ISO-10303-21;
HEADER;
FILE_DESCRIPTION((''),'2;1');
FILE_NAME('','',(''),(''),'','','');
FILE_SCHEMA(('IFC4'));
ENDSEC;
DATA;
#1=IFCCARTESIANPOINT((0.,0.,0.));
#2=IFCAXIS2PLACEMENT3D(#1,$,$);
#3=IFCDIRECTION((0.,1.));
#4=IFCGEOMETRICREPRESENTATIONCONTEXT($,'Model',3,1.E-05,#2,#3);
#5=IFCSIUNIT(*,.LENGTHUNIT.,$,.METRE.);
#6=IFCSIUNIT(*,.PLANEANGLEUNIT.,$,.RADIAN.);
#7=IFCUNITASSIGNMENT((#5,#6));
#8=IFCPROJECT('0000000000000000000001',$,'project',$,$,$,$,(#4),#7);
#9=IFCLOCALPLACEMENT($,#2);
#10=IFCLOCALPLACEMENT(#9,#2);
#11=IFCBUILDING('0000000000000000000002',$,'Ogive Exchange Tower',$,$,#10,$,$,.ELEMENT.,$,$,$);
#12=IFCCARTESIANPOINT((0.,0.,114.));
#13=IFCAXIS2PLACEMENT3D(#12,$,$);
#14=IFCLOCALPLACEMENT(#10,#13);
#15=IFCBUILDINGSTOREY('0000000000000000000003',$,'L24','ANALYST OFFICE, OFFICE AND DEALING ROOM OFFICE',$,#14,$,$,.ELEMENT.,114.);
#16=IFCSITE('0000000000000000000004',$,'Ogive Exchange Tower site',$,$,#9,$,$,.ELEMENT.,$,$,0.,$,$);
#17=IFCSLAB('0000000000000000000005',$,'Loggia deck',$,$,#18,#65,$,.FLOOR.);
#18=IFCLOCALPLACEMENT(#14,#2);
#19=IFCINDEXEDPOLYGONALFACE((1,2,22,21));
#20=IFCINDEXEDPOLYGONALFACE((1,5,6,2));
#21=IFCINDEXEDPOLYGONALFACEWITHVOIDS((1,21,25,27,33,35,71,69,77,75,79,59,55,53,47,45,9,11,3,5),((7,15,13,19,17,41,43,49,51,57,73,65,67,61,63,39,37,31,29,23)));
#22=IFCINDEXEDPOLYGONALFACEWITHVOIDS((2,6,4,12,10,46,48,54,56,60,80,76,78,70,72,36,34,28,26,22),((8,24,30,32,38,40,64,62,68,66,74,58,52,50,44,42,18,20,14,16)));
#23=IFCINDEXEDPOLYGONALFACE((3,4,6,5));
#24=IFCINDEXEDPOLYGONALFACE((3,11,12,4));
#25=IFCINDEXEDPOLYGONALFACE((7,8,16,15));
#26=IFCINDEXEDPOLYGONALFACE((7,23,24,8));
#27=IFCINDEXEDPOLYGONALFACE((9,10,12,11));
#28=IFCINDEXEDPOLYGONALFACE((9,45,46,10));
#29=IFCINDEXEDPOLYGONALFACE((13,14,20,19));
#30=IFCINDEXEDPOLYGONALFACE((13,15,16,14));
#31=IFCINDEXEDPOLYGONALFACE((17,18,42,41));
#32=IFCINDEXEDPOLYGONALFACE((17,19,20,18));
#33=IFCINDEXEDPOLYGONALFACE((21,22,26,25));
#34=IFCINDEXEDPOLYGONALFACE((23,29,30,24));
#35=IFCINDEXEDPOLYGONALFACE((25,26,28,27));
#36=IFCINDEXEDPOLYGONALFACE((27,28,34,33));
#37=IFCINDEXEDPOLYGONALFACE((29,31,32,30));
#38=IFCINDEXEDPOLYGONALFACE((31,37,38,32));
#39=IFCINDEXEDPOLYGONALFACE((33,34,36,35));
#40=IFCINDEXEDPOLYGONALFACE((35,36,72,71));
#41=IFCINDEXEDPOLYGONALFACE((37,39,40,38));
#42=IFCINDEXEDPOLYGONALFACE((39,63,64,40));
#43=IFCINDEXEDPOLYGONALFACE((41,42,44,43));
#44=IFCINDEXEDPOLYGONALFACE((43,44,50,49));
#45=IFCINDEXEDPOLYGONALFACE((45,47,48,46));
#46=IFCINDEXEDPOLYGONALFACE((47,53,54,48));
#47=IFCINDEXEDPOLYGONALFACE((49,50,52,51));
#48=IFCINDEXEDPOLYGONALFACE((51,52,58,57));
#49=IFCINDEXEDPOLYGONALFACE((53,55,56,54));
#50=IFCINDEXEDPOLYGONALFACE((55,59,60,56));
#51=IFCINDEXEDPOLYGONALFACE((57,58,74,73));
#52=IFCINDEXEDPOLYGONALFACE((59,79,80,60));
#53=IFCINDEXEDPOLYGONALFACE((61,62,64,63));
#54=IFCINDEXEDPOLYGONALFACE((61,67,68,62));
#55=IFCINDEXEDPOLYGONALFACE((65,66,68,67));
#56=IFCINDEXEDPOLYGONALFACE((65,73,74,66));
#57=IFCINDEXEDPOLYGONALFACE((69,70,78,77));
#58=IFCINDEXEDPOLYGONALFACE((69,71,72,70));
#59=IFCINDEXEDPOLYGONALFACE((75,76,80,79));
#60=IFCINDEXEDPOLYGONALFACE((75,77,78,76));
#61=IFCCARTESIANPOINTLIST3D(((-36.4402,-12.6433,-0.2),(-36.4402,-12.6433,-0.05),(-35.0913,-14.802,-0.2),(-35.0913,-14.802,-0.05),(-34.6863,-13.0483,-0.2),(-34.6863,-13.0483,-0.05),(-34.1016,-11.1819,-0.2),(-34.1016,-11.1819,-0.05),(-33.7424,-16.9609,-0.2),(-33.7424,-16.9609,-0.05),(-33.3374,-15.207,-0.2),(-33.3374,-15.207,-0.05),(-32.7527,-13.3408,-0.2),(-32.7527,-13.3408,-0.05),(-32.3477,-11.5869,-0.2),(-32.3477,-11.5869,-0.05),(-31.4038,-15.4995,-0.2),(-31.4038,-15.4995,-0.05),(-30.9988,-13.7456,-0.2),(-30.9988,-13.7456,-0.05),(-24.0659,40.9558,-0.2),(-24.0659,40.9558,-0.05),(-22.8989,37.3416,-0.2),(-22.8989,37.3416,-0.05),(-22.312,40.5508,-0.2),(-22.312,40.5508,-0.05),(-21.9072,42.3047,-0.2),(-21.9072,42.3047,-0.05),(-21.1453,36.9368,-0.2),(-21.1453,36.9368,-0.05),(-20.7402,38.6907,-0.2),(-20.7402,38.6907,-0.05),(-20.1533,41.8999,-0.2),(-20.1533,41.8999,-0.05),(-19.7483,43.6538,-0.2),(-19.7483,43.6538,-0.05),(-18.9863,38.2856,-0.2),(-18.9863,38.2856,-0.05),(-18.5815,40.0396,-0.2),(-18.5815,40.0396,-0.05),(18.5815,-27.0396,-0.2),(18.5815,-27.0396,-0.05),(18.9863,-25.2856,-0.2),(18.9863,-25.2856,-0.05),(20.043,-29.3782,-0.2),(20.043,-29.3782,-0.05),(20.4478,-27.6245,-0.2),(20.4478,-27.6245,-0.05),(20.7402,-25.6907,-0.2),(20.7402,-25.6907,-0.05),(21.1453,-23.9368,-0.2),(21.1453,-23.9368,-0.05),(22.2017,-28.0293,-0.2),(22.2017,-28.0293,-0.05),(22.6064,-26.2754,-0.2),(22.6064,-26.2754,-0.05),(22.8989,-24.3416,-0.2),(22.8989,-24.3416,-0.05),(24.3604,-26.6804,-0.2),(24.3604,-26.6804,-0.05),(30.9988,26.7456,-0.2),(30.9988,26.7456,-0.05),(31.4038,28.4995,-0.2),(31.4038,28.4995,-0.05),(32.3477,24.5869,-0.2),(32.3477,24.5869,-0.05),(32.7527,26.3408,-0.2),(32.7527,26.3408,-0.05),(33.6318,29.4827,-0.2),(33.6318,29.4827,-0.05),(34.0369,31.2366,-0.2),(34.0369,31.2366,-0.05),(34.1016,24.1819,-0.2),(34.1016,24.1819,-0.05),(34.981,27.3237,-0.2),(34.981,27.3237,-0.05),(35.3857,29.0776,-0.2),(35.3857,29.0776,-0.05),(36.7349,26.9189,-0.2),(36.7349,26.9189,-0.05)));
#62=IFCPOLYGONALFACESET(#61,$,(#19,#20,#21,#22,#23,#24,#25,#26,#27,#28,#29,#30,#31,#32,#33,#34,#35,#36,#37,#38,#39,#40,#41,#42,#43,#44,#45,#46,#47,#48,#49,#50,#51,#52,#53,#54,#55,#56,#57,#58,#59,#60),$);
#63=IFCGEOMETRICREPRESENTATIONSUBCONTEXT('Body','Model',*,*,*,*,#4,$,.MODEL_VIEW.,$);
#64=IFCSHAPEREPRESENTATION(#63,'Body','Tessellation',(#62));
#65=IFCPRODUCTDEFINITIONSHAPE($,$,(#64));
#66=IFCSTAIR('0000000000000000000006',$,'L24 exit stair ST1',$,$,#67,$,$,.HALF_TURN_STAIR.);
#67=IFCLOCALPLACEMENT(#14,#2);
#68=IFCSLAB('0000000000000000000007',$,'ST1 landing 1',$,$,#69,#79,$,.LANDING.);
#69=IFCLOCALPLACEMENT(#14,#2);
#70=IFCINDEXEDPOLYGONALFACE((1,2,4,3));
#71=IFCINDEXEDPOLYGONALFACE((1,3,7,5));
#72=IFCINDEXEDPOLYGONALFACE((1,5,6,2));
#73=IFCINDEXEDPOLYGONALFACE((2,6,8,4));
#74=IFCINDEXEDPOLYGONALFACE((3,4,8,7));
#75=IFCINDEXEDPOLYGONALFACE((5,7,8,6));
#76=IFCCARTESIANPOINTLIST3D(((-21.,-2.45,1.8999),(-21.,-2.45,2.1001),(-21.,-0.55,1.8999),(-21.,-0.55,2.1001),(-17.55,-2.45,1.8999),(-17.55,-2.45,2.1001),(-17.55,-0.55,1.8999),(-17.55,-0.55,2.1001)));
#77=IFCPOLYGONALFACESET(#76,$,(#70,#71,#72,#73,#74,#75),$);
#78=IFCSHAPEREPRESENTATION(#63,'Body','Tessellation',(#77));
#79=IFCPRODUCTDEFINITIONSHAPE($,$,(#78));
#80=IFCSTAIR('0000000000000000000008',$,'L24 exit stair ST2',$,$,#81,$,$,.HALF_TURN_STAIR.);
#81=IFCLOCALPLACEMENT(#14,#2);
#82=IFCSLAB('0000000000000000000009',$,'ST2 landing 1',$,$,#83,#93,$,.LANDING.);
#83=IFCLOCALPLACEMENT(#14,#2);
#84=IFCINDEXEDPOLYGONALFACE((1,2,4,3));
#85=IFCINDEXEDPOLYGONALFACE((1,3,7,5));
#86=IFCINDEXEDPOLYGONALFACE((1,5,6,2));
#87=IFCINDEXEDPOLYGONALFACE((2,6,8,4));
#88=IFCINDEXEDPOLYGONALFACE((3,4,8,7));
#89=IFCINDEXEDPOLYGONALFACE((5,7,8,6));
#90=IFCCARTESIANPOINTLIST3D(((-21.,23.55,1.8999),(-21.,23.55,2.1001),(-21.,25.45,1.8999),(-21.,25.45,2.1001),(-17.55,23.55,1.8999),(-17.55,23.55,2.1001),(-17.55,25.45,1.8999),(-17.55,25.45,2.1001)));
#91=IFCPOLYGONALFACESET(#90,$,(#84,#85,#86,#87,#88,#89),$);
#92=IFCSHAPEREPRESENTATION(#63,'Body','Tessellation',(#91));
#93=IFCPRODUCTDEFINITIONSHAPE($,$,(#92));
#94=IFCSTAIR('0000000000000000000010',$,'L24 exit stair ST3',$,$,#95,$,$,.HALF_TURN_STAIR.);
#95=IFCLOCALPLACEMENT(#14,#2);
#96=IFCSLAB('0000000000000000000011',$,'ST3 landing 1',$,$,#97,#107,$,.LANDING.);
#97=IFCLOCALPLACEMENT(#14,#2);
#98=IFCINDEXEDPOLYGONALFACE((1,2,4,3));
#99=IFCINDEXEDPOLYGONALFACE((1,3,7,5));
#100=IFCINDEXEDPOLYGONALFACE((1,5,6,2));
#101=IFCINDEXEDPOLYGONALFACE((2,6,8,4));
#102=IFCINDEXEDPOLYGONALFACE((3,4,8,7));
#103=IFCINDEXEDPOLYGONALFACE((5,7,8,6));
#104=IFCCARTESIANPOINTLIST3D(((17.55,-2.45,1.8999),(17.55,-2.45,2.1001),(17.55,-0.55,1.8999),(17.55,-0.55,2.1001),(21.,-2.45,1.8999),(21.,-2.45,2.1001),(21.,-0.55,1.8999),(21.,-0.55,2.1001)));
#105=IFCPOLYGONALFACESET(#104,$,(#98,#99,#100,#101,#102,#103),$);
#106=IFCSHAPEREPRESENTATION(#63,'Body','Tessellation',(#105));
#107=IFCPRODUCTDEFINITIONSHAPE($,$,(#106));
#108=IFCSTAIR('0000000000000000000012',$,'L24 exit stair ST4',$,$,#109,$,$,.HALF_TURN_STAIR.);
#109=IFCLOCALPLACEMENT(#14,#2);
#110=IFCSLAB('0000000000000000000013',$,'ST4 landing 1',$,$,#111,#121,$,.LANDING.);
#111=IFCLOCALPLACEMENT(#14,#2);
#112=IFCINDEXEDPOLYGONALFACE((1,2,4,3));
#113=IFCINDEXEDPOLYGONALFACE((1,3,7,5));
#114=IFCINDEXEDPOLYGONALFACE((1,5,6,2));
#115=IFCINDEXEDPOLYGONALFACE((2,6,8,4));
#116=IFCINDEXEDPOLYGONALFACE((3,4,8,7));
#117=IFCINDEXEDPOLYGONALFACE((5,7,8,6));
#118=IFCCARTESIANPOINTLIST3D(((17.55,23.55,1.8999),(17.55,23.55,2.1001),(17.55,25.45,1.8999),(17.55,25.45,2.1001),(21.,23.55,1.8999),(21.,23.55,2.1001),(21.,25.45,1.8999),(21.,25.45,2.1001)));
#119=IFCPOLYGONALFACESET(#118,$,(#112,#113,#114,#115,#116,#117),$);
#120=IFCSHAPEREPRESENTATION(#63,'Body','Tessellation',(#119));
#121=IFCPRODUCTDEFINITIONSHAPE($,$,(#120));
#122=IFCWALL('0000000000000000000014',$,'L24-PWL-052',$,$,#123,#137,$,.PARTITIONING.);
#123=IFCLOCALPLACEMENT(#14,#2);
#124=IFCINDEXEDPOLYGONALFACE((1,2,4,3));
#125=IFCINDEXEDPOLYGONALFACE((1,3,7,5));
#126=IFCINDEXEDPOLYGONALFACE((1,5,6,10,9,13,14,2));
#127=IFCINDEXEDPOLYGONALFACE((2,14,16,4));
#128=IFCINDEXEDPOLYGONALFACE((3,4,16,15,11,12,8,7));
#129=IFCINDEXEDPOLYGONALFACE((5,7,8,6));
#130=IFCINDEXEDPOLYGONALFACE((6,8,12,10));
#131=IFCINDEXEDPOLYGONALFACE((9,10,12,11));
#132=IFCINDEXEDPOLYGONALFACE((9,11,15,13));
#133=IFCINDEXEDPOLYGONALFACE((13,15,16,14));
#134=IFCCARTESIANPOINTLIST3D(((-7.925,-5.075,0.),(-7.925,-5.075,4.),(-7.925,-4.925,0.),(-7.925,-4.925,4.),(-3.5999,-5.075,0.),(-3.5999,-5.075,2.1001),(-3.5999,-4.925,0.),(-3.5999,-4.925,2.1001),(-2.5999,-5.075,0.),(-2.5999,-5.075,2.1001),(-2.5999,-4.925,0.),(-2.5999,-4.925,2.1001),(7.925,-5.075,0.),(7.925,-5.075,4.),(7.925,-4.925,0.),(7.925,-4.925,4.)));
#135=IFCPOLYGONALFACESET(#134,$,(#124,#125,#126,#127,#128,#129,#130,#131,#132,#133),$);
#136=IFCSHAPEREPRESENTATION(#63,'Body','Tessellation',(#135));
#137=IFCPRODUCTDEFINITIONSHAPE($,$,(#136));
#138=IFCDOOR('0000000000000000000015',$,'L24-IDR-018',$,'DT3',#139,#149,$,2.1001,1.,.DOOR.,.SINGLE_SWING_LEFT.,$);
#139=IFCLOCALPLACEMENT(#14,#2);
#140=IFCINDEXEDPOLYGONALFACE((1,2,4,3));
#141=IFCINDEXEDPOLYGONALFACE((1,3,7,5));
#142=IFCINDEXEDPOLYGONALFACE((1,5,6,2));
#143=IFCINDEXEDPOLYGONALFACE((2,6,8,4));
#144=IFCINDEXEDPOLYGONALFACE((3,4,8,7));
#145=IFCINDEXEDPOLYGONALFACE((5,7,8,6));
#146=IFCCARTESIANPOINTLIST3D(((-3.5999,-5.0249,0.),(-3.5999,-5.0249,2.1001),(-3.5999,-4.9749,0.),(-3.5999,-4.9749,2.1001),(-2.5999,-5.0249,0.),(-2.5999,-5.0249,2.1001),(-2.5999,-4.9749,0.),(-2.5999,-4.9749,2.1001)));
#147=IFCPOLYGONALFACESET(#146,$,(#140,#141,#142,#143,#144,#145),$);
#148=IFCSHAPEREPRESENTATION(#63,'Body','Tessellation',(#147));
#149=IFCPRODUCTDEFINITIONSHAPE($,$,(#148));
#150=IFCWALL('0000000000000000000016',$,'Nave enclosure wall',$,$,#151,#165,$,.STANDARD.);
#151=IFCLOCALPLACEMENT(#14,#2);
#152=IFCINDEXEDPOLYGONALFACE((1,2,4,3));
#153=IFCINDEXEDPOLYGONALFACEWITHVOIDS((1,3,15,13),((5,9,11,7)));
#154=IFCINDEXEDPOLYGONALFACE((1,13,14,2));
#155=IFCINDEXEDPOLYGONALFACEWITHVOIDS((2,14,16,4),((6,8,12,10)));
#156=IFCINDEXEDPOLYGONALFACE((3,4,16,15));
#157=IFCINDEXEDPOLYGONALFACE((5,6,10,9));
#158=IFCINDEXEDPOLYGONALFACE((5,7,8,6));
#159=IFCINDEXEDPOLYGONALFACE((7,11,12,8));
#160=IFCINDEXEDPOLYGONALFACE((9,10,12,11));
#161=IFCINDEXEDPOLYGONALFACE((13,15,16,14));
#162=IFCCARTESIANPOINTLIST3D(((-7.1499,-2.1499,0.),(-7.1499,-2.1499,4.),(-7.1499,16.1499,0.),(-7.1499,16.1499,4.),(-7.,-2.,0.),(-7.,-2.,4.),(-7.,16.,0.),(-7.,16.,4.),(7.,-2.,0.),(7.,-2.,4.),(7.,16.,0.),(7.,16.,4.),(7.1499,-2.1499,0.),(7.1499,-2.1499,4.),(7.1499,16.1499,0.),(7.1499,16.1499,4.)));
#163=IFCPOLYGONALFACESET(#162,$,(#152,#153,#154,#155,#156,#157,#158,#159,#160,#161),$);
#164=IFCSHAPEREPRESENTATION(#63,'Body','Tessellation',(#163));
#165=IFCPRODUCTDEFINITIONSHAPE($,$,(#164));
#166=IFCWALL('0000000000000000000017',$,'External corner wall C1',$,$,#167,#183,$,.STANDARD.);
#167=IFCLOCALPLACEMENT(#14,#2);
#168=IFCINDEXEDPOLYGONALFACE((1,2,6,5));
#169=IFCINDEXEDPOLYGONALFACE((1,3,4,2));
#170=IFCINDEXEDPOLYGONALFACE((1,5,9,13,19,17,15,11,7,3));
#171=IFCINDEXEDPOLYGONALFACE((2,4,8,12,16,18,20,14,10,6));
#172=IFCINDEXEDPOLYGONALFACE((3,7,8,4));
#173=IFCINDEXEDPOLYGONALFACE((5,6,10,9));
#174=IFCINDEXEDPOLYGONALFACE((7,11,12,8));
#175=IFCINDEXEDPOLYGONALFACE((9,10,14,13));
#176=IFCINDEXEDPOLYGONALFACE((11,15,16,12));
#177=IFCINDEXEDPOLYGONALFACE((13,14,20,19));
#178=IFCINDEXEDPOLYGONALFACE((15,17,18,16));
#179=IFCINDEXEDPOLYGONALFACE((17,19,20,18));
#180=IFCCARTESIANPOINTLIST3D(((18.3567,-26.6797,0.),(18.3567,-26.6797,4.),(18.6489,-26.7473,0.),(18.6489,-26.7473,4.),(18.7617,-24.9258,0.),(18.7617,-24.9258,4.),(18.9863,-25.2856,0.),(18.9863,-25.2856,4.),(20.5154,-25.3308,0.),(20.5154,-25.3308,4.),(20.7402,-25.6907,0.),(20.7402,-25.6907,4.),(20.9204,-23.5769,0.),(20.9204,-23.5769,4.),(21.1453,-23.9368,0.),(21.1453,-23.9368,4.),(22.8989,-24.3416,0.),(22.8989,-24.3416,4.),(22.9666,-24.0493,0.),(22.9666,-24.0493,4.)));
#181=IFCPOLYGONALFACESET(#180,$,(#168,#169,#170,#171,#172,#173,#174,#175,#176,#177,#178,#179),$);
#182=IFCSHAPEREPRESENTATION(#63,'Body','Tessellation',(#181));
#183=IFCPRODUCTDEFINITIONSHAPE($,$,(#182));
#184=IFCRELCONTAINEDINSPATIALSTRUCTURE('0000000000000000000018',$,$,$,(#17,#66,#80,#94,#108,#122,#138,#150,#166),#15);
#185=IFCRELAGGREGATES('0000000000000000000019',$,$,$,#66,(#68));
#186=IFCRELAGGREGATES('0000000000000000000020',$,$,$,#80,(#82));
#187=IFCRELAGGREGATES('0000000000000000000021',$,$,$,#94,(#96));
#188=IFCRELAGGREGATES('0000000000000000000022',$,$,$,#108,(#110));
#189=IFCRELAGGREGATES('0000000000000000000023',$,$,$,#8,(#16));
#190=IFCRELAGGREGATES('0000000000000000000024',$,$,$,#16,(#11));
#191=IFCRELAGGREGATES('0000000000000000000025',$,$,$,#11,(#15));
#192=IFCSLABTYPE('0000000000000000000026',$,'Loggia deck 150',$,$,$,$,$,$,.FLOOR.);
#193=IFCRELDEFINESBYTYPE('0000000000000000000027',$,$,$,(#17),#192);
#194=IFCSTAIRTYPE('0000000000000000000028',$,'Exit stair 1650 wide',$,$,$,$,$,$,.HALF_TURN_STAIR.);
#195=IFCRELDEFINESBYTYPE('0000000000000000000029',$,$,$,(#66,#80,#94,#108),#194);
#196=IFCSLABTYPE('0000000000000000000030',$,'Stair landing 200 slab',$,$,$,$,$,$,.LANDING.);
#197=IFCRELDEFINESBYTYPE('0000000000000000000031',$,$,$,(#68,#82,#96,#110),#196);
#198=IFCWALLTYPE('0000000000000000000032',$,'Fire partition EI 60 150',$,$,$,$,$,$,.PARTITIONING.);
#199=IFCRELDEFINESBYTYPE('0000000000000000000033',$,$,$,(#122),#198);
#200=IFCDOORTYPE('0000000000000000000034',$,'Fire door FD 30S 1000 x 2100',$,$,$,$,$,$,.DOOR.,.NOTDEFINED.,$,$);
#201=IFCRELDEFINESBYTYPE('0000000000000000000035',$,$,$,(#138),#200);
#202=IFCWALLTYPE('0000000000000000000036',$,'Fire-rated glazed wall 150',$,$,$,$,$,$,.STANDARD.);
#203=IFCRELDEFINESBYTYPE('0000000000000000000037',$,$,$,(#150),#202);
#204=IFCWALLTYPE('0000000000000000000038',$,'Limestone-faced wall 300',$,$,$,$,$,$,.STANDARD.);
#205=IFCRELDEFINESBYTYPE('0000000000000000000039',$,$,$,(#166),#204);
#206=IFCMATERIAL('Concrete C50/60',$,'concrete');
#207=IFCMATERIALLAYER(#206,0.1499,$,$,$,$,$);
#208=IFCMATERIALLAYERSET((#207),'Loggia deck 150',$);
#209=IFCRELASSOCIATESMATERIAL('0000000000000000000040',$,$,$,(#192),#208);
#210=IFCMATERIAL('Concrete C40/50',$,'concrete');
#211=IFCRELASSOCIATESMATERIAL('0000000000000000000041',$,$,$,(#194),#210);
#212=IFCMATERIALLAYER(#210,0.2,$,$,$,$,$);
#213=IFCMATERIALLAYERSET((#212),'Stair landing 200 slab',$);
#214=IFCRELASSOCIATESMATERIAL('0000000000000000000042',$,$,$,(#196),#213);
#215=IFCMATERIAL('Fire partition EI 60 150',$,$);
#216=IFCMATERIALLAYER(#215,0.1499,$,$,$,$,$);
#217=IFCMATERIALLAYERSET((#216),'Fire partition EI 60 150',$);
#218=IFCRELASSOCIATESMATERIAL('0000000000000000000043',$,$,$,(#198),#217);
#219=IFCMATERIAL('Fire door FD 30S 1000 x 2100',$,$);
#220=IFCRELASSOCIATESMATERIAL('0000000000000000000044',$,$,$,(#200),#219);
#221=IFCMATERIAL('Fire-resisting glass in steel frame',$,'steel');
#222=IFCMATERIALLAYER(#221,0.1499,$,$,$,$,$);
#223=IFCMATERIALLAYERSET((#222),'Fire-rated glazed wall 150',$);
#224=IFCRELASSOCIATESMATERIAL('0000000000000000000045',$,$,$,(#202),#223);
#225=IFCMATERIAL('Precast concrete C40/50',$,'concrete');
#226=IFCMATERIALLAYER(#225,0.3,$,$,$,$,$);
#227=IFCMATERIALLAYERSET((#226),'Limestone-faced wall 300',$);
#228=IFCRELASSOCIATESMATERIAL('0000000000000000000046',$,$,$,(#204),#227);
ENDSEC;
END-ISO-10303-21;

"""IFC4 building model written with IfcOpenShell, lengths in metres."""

from ifc_helpers import new_model, si_unit, direction, frame, frame_2d, origin, place, context, subcontext, project, spatial, polyline, rectangle, outline, extrude, material, layer, layer_set, type_object, element, fill, aggregate, save


model = new_model("IFC4")

# Units and contexts
model_context = context("Model", 3, precision=1e-05, world=origin(), true_north=direction((0.0, 1.0)))
body_context = subcontext(model_context, "Body", "Model", "MODEL_VIEW")
ifc_project = project(units=[si_unit("LENGTHUNIT", "METRE"), si_unit("PLANEANGLEUNIT", "RADIAN")], contexts=[model_context])

# Site, building, storey
site_placement = place(None, origin())
site = spatial("IfcSite", under=ifc_project, at=site_placement, Name="Ogive Exchange Tower site", CompositionType="ELEMENT", RefElevation=0.0)
building_placement = place(site_placement, origin())
building = spatial("IfcBuilding", under=site, at=building_placement, Name="Ogive Exchange Tower", CompositionType="ELEMENT")
storey_placement = place(building_placement, frame((0.0, 0.0, 114.0)))
storey = spatial("IfcBuildingStorey", under=building, at=storey_placement, Name="L24", Description="ANALYST OFFICE, OFFICE AND DEALING ROOM OFFICE", CompositionType="ELEMENT", Elevation=114.0)

# Slab
ifc_material_1 = material(Name="Concrete C50/60", Category="concrete")
ifc_layer_1 = layer(ifc_material_1, 0.1499)
ifc_layer_set_1 = layer_set([ifc_layer_1], Name="Loggia deck 150")
slab_type_1 = type_object("IfcSlabType", Name="Loggia deck 150", PredefinedType="FLOOR", material=ifc_layer_set_1)
slab_1_placement = place(storey_placement, frame((0.0, 0.0, -0.2)))
element("IfcSlab", 1, at=slab_1_placement, inside=storey, type_object=slab_type_1, Name="Loggia deck", PredefinedType="FLOOR", context=body_context, shape_type="SweptSolid", body=[
    extrude(outline(polyline([(-33.3374, -15.207), (-35.0913, -14.802), (-34.6863, -13.0483), (-36.4402, -12.6433), (-24.0659, 40.9558), (-22.312, 40.5508), (-21.9072, 42.3047), (-20.1533, 41.8999), (-19.7483, 43.6538), (34.0369, 31.2366), (33.6318, 29.4827), (35.3857, 29.0776), (34.981, 27.3237), (36.7349, 26.9189), (24.3604, -26.6804), (22.6064, -26.2754), (22.2017, -28.0293), (20.4478, -27.6245), (20.043, -29.3782), (-33.7424, -16.9609), (-33.3374, -15.207)]), holes=[polyline([(18.9863, -25.2856), (20.7402, -25.6907), (21.1453, -23.9368), (22.8989, -24.3416), (34.1016, 24.1819), (32.3477, 24.5869), (32.7527, 26.3408), (30.9988, 26.7456), (31.4038, 28.4995), (-18.5815, 40.0396), (-18.9863, 38.2856), (-20.7402, 38.6907), (-21.1453, 36.9368), (-22.8989, 37.3416), (-34.1016, -11.1819), (-32.3477, -11.5869), (-32.7527, -13.3408), (-30.9988, -13.7456), (-31.4038, -15.4995), (18.5815, -27.0396), (18.9863, -25.2856)])]), origin(), (0.0, 0.0, 1.0), 0.1499),
])

# Stairs, slabs
ifc_material_2 = material(Name="Concrete C40/50", Category="concrete")
stair_type = type_object("IfcStairType", Name="Exit stair 1650 wide", PredefinedType="HALF_TURN_STAIR", material=ifc_material_2)
stair_1_placement = place(storey_placement, origin())
stair_1 = element("IfcStair", 2, at=stair_1_placement, inside=storey, type_object=stair_type, Name="L24 exit stair ST1", PredefinedType="HALF_TURN_STAIR")
ifc_layer_2 = layer(ifc_material_2, 0.2)
ifc_layer_set_2 = layer_set([ifc_layer_2], Name="Stair landing 200 slab")
slab_type_2 = type_object("IfcSlabType", Name="Stair landing 200 slab", PredefinedType="LANDING", material=ifc_layer_set_2)
slab_2_placement = place(storey_placement, frame((0.0, 0.0, 1.8999)))
slab_2 = element("IfcSlab", 3, at=slab_2_placement, type_object=slab_type_2, Name="ST1 landing 1", PredefinedType="LANDING", context=body_context, shape_type="SweptSolid", body=[
    extrude(outline(polyline([(-21.0, -0.55), (-21.0, -2.45), (-17.55, -2.45), (-17.55, -0.55), (-21.0, -0.55)])), origin(), (0.0, 0.0, 1.0), 0.2002),
])
aggregate(stair_1, [slab_2])
stair_2_placement = place(storey_placement, origin())
stair_2 = element("IfcStair", 4, at=stair_2_placement, inside=storey, type_object=stair_type, Name="L24 exit stair ST2", PredefinedType="HALF_TURN_STAIR")
slab_3_placement = place(storey_placement, frame((0.0, 0.0, 1.8999)))
slab_3 = element("IfcSlab", 5, at=slab_3_placement, type_object=slab_type_2, Name="ST2 landing 1", PredefinedType="LANDING", context=body_context, shape_type="SweptSolid", body=[
    extrude(outline(polyline([(-17.55, 23.55), (-17.55, 25.45), (-21.0, 25.45), (-21.0, 23.55), (-17.55, 23.55)])), origin(), (0.0, 0.0, 1.0), 0.2002),
])
aggregate(stair_2, [slab_3])
stair_3_placement = place(storey_placement, origin())
stair_3 = element("IfcStair", 6, at=stair_3_placement, inside=storey, type_object=stair_type, Name="L24 exit stair ST3", PredefinedType="HALF_TURN_STAIR")
slab_4_placement = place(storey_placement, frame((0.0, 0.0, 1.8999)))
slab_4 = element("IfcSlab", 7, at=slab_4_placement, type_object=slab_type_2, Name="ST3 landing 1", PredefinedType="LANDING", context=body_context, shape_type="SweptSolid", body=[
    extrude(outline(polyline([(17.55, -0.55), (17.55, -2.45), (21.0, -2.45), (21.0, -0.55), (17.55, -0.55)])), origin(), (0.0, 0.0, 1.0), 0.2002),
])
aggregate(stair_3, [slab_4])
stair_4_placement = place(storey_placement, origin())
stair_4 = element("IfcStair", 8, at=stair_4_placement, inside=storey, type_object=stair_type, Name="L24 exit stair ST4", PredefinedType="HALF_TURN_STAIR")
slab_5_placement = place(storey_placement, frame((0.0, 0.0, 1.8999)))
slab_5 = element("IfcSlab", 9, at=slab_5_placement, type_object=slab_type_2, Name="ST4 landing 1", PredefinedType="LANDING", context=body_context, shape_type="SweptSolid", body=[
    extrude(outline(polyline([(21.0, 23.55), (21.0, 25.45), (17.55, 25.45), (17.55, 23.55), (21.0, 23.55)])), origin(), (0.0, 0.0, 1.0), 0.2002),
])
aggregate(stair_4, [slab_5])

# Wall, opening, door
ifc_material_3 = material(Name="Fire partition EI 60 150")
ifc_layer_3 = layer(ifc_material_3, 0.1499)
ifc_layer_set_3 = layer_set([ifc_layer_3], Name="Fire partition EI 60 150")
wall_type_1 = type_object("IfcWallType", Name="Fire partition EI 60 150", PredefinedType="PARTITIONING", material=ifc_layer_set_3)
wall_1_placement = place(storey_placement, frame((7.925, -5.0, 0.0), z_axis=(0.0, 0.0, 1.0), x_axis=(-1.0, 0.0, 0.0)))
wall_1 = element("IfcWall", 10, at=wall_1_placement, inside=storey, type_object=wall_type_1, Name="L24-PWL-052", PredefinedType="PARTITIONING", context=body_context, shape_type="SweptSolid", body=[
    extrude(rectangle(XDim=15.8501, YDim=0.1499, at=frame_2d((7.925, 0.0))), origin(), (0.0, 0.0, 1.0), 4.0),
])
opening_1_placement = place(wall_1_placement, frame((10.5249, 0.0, 0.0)))
opening_1 = element("IfcOpeningElement", 11, at=opening_1_placement, cuts=wall_1, PredefinedType="OPENING", context=body_context, shape_type="SweptSolid", body=[
    extrude(rectangle(XDim=1.0, YDim=2.1001, at=frame_2d((0.5, 1.05))), frame((0.0, 0.085, 0.0), z_axis=(0.0, -1.0, 0.0), x_axis=(1.0, 0.0, 0.0)), (0.0, 0.0, 1.0), 0.1699),
])
ifc_material_4 = material(Name="Fire door FD 30S 1000 x 2100")
door_type_1 = type_object("IfcDoorType", Name="Fire door FD 30S 1000 x 2100", OperationType="NOTDEFINED", PredefinedType="DOOR", material=ifc_material_4)
door_1_placement = place(opening_1_placement, origin())
door_1 = element("IfcDoor", 12, at=door_1_placement, inside=storey, type_object=door_type_1, Name="L24-IDR-018", ObjectType="DT3", OperationType="SINGLE_SWING_LEFT", OverallHeight=2.1001, OverallWidth=1.0, PredefinedType="DOOR", context=body_context, shape_type="SweptSolid", body=[
    extrude(rectangle(XDim=1.0, YDim=2.1001, at=frame_2d((0.5, 1.05))), frame((0.0, 0.0249, 0.0), z_axis=(0.0, -1.0, 0.0), x_axis=(1.0, 0.0, 0.0)), (0.0, 0.0, 1.0), 0.05),
])
fill(opening_1, door_1)

# Walls
ifc_material_5 = material(Name="Fire-resisting glass in steel frame", Category="steel")
ifc_layer_4 = layer(ifc_material_5, 0.1499)
ifc_layer_set_4 = layer_set([ifc_layer_4], Name="Fire-rated glazed wall 150")
wall_type_2 = type_object("IfcWallType", Name="Fire-rated glazed wall 150", PredefinedType="STANDARD", material=ifc_layer_set_4)
wall_2_placement = place(storey_placement, origin())
element("IfcWall", 13, at=wall_2_placement, inside=storey, type_object=wall_type_2, Name="Nave enclosure wall", PredefinedType="STANDARD", context=body_context, shape_type="SweptSolid", body=[
    extrude(outline(polyline([(-7.1499, -2.1499), (7.1499, -2.1499), (7.1499, 16.1499), (-7.1499, 16.1499), (-7.1499, -2.1499)]), holes=[polyline([(-7.0, -2.0), (-7.0, 16.0), (7.0, 16.0), (7.0, -2.0), (-7.0, -2.0)])]), origin(), (0.0, 0.0, 1.0), 4.0),
])
ifc_material_6 = material(Name="Precast concrete C40/50", Category="concrete")
ifc_layer_5 = layer(ifc_material_6, 0.3)
ifc_layer_set_5 = layer_set([ifc_layer_5], Name="Limestone-faced wall 300")
wall_type_3 = type_object("IfcWallType", Name="Limestone-faced wall 300", PredefinedType="STANDARD", material=ifc_layer_set_5)
wall_3_placement = place(storey_placement, origin())
element("IfcWall", 14, at=wall_3_placement, inside=storey, type_object=wall_type_3, Name="External corner wall C1", PredefinedType="STANDARD", context=body_context, shape_type="SweptSolid", body=[
    extrude(outline(polyline([(20.5154, -25.3308), (20.9204, -23.5769), (22.9666, -24.0493), (22.8989, -24.3416), (21.1453, -23.9368), (20.7402, -25.6907), (18.9863, -25.2856), (18.6489, -26.7473), (18.3567, -26.6797), (18.7617, -24.9258), (20.5154, -25.3308)])), origin(), (0.0, 0.0, 1.0), 4.0),
])

save(model, "model.ifc")
